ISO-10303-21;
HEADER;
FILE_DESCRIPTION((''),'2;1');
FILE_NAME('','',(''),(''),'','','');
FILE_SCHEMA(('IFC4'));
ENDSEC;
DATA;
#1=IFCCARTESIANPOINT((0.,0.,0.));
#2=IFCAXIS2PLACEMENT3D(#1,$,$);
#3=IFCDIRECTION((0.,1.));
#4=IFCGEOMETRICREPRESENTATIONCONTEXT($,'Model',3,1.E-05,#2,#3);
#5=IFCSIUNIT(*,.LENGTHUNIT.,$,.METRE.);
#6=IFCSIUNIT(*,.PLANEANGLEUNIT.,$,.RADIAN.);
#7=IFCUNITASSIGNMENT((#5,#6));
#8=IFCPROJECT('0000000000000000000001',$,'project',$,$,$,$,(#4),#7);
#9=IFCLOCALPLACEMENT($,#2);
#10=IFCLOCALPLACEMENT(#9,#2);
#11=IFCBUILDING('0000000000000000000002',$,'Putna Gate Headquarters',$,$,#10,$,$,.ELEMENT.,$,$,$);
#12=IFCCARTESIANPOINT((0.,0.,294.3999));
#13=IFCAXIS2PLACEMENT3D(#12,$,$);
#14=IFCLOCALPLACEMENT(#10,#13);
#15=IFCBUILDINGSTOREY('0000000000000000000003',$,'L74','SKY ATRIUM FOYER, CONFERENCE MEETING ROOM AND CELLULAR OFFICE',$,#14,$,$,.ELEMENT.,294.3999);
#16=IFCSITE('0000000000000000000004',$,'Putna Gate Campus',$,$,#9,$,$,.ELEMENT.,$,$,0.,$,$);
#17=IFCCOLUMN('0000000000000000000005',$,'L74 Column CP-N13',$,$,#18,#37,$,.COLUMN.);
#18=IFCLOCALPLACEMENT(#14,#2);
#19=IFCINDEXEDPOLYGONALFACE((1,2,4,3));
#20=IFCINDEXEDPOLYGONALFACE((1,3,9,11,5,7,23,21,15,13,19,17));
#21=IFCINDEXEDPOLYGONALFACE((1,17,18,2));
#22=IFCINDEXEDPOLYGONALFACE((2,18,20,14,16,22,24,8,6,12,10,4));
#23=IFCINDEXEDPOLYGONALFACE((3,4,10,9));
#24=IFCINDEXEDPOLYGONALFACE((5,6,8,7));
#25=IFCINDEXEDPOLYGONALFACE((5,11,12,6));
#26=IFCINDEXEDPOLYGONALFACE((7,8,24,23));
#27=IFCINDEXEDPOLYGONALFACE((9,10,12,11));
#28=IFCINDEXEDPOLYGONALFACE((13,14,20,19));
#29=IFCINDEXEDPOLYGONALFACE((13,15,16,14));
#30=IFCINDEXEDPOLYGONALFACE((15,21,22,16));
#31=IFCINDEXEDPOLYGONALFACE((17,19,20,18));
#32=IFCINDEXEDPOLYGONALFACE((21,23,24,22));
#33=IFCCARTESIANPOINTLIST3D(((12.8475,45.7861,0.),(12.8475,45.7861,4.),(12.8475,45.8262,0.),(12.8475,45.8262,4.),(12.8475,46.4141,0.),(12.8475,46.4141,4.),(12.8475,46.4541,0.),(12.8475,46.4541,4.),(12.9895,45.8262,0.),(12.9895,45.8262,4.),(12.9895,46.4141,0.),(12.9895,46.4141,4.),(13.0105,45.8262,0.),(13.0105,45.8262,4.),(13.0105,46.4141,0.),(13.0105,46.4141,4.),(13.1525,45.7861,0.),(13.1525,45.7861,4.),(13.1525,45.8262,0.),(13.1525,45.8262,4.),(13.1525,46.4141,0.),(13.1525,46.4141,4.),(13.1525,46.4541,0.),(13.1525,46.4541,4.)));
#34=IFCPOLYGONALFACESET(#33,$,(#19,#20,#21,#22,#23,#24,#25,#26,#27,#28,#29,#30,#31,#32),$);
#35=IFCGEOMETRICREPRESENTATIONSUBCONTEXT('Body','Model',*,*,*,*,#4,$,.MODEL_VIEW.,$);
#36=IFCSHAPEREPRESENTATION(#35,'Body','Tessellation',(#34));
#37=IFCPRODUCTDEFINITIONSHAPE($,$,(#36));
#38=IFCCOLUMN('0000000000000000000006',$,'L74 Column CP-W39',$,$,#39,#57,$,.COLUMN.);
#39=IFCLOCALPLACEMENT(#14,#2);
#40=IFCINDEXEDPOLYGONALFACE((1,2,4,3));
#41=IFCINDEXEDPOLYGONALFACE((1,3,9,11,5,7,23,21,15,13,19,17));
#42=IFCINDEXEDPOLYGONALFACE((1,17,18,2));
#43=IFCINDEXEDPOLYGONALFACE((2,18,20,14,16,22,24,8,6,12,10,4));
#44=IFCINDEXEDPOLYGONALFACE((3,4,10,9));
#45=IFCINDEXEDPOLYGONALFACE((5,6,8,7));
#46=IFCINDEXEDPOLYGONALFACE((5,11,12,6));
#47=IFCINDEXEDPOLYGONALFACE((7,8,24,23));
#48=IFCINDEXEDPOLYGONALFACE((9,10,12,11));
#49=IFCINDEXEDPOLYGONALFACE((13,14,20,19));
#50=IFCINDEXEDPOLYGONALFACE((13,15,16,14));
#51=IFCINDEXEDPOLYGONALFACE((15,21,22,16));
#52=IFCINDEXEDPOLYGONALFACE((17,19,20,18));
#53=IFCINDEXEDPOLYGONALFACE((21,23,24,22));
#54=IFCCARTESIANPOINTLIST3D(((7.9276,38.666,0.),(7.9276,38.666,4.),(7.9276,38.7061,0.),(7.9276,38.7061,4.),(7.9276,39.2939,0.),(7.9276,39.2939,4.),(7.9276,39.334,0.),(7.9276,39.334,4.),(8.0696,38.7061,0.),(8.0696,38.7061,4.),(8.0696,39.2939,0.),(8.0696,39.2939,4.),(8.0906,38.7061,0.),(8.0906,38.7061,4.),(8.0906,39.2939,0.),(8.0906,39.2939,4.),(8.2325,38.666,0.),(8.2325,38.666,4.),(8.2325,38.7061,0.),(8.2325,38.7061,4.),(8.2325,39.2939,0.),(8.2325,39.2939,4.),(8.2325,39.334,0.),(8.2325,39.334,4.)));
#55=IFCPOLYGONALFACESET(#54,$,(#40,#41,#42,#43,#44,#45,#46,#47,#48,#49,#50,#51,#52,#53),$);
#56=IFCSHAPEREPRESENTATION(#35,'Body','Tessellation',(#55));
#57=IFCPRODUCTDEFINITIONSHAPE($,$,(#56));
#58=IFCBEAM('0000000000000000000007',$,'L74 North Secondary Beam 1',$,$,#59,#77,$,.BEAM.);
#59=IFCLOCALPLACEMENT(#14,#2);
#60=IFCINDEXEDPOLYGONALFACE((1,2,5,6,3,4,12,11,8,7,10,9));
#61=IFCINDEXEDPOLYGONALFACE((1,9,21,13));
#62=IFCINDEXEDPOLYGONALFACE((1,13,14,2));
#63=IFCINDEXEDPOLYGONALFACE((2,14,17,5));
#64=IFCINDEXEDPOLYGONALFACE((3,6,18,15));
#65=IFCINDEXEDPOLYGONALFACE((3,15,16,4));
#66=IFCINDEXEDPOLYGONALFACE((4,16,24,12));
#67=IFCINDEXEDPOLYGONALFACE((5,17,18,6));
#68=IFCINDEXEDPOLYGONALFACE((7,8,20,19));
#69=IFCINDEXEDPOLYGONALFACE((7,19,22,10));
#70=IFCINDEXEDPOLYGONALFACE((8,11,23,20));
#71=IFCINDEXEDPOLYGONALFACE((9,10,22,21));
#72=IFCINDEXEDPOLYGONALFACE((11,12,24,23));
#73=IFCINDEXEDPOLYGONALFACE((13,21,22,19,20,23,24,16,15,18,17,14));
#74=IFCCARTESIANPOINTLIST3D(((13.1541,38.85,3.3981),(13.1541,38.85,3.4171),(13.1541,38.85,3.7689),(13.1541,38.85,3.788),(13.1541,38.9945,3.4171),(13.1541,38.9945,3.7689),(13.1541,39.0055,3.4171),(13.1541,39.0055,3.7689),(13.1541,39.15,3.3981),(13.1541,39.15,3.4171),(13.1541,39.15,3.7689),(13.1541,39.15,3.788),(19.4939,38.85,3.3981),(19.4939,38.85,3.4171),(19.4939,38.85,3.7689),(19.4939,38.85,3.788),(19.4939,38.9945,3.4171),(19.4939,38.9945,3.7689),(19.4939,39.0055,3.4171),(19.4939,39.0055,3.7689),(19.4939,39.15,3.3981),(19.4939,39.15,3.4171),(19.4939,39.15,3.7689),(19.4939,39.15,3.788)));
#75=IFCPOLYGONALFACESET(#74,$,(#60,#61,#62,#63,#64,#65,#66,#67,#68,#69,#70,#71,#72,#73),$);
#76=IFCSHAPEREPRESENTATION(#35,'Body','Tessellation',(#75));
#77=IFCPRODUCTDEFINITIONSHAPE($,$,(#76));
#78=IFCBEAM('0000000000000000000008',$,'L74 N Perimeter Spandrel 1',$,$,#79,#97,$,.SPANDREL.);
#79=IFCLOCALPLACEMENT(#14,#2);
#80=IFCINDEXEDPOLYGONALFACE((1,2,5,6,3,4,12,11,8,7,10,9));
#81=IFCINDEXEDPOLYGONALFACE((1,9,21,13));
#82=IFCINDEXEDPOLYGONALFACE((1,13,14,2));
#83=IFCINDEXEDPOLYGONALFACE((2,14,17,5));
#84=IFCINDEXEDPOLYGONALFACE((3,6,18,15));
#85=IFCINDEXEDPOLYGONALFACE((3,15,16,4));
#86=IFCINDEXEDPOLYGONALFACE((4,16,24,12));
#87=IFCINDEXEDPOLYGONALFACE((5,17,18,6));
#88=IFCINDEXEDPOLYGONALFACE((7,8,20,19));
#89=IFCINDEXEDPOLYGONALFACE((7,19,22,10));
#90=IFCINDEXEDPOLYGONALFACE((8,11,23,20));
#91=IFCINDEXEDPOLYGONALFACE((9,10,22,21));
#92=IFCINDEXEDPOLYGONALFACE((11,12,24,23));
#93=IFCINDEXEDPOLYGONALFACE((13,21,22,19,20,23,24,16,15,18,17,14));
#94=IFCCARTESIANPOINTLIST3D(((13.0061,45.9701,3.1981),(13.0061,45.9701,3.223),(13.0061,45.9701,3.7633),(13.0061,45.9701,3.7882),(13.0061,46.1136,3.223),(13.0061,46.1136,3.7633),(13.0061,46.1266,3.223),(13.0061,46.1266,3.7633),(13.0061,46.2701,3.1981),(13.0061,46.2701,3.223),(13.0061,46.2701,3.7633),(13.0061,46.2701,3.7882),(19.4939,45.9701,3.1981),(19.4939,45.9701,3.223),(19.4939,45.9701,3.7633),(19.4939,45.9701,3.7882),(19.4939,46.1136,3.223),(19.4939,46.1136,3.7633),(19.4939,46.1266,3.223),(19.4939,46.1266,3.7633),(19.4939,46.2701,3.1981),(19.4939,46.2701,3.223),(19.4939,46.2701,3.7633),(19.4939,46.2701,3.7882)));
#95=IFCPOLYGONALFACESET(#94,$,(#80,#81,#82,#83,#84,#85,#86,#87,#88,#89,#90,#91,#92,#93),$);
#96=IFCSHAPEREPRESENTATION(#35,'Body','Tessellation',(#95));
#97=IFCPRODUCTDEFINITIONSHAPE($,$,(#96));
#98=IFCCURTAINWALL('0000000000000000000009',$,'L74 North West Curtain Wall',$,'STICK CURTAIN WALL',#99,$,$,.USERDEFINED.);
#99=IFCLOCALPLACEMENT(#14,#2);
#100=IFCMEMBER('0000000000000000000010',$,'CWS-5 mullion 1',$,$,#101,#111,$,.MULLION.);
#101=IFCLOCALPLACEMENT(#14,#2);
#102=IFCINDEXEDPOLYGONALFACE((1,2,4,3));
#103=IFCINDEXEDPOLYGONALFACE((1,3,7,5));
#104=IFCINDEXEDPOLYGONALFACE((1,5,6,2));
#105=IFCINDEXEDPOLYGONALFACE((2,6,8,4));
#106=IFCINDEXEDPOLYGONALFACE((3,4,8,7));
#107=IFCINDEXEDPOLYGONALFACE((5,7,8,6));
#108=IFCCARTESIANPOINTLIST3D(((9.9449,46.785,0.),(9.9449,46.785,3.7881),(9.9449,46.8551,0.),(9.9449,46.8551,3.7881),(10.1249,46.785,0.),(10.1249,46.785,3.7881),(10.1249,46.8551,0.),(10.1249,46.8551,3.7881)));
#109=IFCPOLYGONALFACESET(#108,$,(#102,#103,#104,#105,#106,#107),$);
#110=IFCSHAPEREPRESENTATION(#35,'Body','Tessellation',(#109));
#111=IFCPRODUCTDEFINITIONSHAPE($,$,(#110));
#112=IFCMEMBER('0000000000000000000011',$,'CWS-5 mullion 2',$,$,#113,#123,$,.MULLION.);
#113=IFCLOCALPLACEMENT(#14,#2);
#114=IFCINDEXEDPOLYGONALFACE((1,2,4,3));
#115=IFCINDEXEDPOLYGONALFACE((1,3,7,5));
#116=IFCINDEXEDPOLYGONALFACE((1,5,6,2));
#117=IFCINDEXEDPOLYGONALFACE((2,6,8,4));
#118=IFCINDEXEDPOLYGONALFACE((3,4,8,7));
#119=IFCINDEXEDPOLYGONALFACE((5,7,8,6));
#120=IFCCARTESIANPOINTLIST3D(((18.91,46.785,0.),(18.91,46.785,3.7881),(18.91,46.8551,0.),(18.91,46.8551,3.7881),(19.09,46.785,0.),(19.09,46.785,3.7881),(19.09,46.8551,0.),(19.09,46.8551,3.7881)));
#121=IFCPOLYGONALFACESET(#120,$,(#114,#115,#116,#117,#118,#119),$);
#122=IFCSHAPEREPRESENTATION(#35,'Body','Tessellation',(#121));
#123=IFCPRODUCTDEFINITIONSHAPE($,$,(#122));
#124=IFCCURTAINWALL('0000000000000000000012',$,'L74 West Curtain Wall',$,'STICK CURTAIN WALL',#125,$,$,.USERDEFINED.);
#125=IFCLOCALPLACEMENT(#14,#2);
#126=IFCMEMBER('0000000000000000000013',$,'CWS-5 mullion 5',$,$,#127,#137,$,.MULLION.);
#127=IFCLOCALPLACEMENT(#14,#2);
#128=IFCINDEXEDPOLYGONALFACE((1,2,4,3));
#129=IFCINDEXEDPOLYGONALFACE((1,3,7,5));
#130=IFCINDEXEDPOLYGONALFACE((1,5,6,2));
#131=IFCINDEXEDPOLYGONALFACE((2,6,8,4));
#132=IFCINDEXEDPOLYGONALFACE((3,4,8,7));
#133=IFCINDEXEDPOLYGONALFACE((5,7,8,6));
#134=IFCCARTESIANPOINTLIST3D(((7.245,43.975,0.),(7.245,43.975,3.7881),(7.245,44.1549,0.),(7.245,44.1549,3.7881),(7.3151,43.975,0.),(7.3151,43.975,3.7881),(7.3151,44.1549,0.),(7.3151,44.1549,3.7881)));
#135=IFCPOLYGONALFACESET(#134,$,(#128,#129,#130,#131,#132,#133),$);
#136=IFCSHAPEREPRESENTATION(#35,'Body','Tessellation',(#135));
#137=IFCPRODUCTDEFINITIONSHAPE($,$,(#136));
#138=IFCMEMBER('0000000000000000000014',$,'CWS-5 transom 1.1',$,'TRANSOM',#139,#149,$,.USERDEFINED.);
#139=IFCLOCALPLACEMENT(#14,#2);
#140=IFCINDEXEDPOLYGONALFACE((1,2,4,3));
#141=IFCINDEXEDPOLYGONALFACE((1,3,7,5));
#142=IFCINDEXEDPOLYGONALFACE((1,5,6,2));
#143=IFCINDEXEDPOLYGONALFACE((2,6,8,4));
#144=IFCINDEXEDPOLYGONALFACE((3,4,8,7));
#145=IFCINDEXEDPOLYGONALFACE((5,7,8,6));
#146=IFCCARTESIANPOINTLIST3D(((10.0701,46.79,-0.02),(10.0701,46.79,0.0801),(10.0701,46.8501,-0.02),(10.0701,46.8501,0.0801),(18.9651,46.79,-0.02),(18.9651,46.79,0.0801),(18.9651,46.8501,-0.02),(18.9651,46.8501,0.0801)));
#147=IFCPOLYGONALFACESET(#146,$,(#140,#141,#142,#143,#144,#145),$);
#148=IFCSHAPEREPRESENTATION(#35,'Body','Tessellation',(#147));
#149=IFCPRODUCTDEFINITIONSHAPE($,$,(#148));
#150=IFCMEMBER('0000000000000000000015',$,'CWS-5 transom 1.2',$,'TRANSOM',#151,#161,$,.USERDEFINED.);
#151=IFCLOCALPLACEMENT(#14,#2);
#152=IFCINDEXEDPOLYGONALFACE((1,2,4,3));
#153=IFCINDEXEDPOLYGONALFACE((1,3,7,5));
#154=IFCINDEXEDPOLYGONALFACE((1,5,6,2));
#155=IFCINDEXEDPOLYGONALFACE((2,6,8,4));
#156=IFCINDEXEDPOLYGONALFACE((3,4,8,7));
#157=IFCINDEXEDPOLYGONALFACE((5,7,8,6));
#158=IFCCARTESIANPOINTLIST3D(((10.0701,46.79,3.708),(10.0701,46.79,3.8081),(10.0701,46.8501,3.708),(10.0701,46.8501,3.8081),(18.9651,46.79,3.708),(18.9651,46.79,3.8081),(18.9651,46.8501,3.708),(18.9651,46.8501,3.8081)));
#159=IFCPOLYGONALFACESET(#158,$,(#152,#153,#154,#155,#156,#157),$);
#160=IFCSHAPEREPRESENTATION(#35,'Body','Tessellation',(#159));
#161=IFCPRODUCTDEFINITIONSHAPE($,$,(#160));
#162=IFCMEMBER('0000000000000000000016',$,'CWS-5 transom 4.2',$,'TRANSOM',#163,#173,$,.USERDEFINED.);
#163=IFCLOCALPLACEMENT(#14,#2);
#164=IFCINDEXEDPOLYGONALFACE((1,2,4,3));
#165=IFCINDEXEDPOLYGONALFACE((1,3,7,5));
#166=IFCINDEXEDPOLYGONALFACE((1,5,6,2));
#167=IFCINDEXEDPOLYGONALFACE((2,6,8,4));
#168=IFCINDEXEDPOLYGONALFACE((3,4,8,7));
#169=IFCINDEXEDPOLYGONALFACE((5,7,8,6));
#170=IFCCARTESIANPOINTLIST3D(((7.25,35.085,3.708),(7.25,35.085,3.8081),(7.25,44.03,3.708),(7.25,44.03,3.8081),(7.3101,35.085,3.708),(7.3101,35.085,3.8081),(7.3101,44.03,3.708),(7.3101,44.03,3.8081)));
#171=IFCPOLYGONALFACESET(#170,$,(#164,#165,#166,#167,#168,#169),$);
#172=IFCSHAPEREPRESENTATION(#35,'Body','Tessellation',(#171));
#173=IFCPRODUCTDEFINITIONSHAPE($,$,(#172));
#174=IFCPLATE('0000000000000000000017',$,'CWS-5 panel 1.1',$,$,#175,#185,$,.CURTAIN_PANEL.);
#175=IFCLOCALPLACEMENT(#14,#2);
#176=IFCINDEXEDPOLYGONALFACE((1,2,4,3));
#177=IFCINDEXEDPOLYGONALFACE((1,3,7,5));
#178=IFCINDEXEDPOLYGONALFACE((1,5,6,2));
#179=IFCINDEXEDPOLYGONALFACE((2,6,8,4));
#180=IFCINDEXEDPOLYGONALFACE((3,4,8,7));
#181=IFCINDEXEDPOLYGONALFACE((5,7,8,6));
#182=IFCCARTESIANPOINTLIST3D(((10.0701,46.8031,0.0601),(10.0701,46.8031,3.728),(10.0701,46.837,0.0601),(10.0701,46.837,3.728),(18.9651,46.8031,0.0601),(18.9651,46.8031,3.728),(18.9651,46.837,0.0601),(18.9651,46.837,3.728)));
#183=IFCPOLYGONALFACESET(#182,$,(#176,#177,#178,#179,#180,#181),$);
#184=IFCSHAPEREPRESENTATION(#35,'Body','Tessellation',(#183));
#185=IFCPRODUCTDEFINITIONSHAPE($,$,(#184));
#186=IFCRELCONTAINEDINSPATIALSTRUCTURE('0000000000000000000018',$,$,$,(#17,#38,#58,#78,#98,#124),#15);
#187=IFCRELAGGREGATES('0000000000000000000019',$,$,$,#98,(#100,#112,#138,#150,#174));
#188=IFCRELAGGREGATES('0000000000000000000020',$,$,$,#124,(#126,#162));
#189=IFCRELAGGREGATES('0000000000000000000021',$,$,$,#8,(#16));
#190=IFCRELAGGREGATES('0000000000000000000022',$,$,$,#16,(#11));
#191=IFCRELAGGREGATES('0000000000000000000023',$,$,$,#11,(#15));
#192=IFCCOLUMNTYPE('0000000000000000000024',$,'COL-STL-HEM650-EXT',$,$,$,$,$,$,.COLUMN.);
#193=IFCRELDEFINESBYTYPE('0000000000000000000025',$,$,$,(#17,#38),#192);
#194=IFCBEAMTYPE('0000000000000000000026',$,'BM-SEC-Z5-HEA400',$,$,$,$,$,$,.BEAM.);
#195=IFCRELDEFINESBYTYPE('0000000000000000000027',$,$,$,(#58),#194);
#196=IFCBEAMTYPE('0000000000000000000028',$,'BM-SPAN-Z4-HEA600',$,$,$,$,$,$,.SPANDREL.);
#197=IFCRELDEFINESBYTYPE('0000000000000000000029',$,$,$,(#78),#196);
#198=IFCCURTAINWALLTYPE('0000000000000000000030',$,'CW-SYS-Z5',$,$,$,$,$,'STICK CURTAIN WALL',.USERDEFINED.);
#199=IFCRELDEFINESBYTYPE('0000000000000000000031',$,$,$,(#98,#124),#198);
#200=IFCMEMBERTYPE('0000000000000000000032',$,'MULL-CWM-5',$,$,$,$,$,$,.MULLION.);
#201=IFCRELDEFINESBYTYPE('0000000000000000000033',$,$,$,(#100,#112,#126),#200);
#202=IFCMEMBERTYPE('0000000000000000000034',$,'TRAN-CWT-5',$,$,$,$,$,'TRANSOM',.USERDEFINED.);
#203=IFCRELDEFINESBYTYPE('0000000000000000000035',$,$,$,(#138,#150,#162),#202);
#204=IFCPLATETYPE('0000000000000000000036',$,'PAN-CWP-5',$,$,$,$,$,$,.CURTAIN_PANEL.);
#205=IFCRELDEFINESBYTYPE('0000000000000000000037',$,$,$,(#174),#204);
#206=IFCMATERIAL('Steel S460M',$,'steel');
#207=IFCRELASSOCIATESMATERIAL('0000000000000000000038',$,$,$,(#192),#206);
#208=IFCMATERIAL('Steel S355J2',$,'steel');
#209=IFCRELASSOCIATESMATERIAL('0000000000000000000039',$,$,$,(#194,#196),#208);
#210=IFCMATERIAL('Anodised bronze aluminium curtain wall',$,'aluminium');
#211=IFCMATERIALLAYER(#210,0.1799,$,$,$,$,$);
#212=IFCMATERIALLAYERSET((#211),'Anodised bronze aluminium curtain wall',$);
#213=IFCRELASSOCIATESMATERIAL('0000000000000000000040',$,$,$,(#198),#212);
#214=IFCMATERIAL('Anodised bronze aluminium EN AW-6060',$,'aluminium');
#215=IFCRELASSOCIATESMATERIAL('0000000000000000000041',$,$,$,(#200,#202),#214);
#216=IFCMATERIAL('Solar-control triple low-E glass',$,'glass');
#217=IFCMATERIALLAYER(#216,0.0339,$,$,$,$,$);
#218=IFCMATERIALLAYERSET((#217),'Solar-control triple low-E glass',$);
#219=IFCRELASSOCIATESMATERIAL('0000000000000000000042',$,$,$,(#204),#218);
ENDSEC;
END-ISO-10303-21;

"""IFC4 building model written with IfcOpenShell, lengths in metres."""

from ifc_helpers import new_model, si_unit, direction, frame, origin, origin_2d, place, context, subcontext, project, spatial, rectangle, i_section, extrude, material, layer, layer_set, material_profile, profile_set, type_object, element, aggregate, save


model = new_model("IFC4")

# Units and contexts
model_context = context("Model", 3, precision=1e-05, world=origin(), true_north=direction((0.0, 1.0)))
body_context = subcontext(model_context, "Body", "Model", "MODEL_VIEW")
ifc_project = project(units=[si_unit("LENGTHUNIT", "METRE"), si_unit("PLANEANGLEUNIT", "RADIAN")], contexts=[model_context])

# Site, building, storey
site_placement = place(None, origin())
site = spatial("IfcSite", under=ifc_project, at=site_placement, Name="Putna Gate Campus", CompositionType="ELEMENT", RefElevation=0.0)
building_placement = place(site_placement, origin())
building = spatial("IfcBuilding", under=site, at=building_placement, Name="Putna Gate Headquarters", CompositionType="ELEMENT")
storey_placement = place(building_placement, frame((0.0, 0.0, 294.3999)))
storey = spatial("IfcBuildingStorey", under=building, at=storey_placement, Name="L74", Description="SKY ATRIUM FOYER, CONFERENCE MEETING ROOM AND CELLULAR OFFICE", CompositionType="ELEMENT", Elevation=294.3999)

# Columns
ifc_material_1 = material(Name="Steel S460M", Category="steel")
ifc_material_profile_1 = material_profile(ifc_material_1, i_section(OverallWidth=0.3049, OverallDepth=0.668, WebThickness=0.021, FlangeThickness=0.04, at=origin_2d()), Name="Steel S460M")
ifc_profile_set_1 = profile_set([ifc_material_profile_1], Name="Steel S460M")
column_type = type_object("IfcColumnType", Name="COL-STL-HEM650-EXT", PredefinedType="COLUMN", material=ifc_profile_set_1)
for number, where, z_axis, x_axis, name in (
    (1, (13.0, 46.1201, 0.0), (0.0, 0.0, 1.0), (1.0, 0.0, 0.0), "L74 Column CP-N13"),
    (2, (8.0801, 39.0, 0.0), (0.0, 0.0, 1.0), (1.0, 0.0, 0.0), "L74 Column CP-W39"),
):
    element("IfcColumn", number, at=place(storey_placement, frame(where, z_axis=z_axis, x_axis=x_axis)), inside=storey, type_object=column_type, Name=name, PredefinedType="COLUMN", context=body_context, shape_type="SweptSolid", body=[
        extrude(i_section(OverallWidth=0.3049, OverallDepth=0.668, WebThickness=0.021, FlangeThickness=0.04, at=origin_2d()), origin(), (0.0, 0.0, 1.0), 4.0),
    ])

# Beams
ifc_material_2 = material(Name="Steel S355J2", Category="steel")
ifc_material_profile_2 = material_profile(ifc_material_2, i_section(OverallWidth=0.3, OverallDepth=0.3899, WebThickness=0.011, FlangeThickness=0.019, at=origin_2d()), Name="Steel S355J2")
ifc_profile_set_2 = profile_set([ifc_material_profile_2], Name="Steel S355J2")
beam_type_1 = type_object("IfcBeamType", Name="BM-SEC-Z5-HEA400", PredefinedType="BEAM", material=ifc_profile_set_2)
beam_1_placement = place(storey_placement, frame((13.1541, 39.0, 3.593), z_axis=(1.0, 0.0, 0.0), x_axis=(0.0, 1.0, 0.0)))
element("IfcBeam", 3, at=beam_1_placement, inside=storey, type_object=beam_type_1, Name="L74 North Secondary Beam 1", PredefinedType="BEAM", context=body_context, shape_type="SweptSolid", body=[
    extrude(i_section(OverallWidth=0.3, OverallDepth=0.3899, WebThickness=0.011, FlangeThickness=0.019, at=origin_2d()), origin(), (0.0, 0.0, 1.0), 6.3398),
])
ifc_material_profile_3 = material_profile(ifc_material_2, i_section(OverallWidth=0.3, OverallDepth=0.5901, WebThickness=0.0129, FlangeThickness=0.0249, at=origin_2d()), Name="Steel S355J2")
ifc_profile_set_3 = profile_set([ifc_material_profile_3], Name="Steel S355J2")
beam_type_2 = type_object("IfcBeamType", Name="BM-SPAN-Z4-HEA600", PredefinedType="SPANDREL", material=ifc_profile_set_3)
beam_2_placement = place(storey_placement, frame((13.0061, 46.1201, 3.4932), z_axis=(1.0, 0.0, 0.0), x_axis=(0.0, 1.0, 0.0)))
element("IfcBeam", 4, at=beam_2_placement, inside=storey, type_object=beam_type_2, Name="L74 N Perimeter Spandrel 1", PredefinedType="SPANDREL", context=body_context, shape_type="SweptSolid", body=[
    extrude(i_section(OverallWidth=0.3, OverallDepth=0.5901, WebThickness=0.0129, FlangeThickness=0.0249, at=origin_2d()), origin(), (0.0, 0.0, 1.0), 6.4878),
])

# Curtain wall, members
ifc_material_3 = material(Name="Anodised bronze aluminium curtain wall", Category="aluminium")
ifc_layer_1 = layer(ifc_material_3, 0.1799)
ifc_layer_set_1 = layer_set([ifc_layer_1], Name="Anodised bronze aluminium curtain wall")
curtain_wall_type = type_object("IfcCurtainWallType", Name="CW-SYS-Z5", ElementType="STICK CURTAIN WALL", PredefinedType="USERDEFINED", material=ifc_layer_set_1)
curtain_wall_1_placement = place(storey_placement, origin())
curtain_wall_1 = element("IfcCurtainWall", 5, at=curtain_wall_1_placement, inside=storey, type_object=curtain_wall_type, Name="L74 North West Curtain Wall", ObjectType="STICK CURTAIN WALL", PredefinedType="USERDEFINED")
ifc_material_4 = material(Name="Anodised bronze aluminium EN AW-6060", Category="aluminium")
ifc_material_profile_4 = material_profile(ifc_material_4, rectangle(XDim=0.0701, YDim=0.1799, at=origin_2d()), Name="Anodised bronze aluminium EN AW-6060")
ifc_profile_set_4 = profile_set([ifc_material_profile_4], Name="Anodised bronze aluminium EN AW-6060")
member_type_1 = type_object("IfcMemberType", Name="MULL-CWM-5", PredefinedType="MULLION", material=ifc_profile_set_4)
member_1_placement = place(storey_placement, frame((10.0349, 46.8201, 0.0), z_axis=(0.0, 0.0, 1.0), x_axis=(0.0, 1.0, 0.0)))
member_1 = element("IfcMember", 6, at=member_1_placement, type_object=member_type_1, Name="CWS-5 mullion 1", PredefinedType="MULLION", context=body_context, shape_type="SweptSolid", body=[
    extrude(rectangle(XDim=0.0701, YDim=0.1799, at=origin_2d()), origin(), (0.0, 0.0, 1.0), 3.7881),
])
member_2_placement = place(storey_placement, frame((19.0, 46.8201, 0.0), z_axis=(0.0, 0.0, 1.0), x_axis=(0.0, 1.0, 0.0)))
member_2 = element("IfcMember", 7, at=member_2_placement, type_object=member_type_1, Name="CWS-5 mullion 2", PredefinedType="MULLION", context=body_context, shape_type="SweptSolid", body=[
    extrude(rectangle(XDim=0.0701, YDim=0.1799, at=origin_2d()), origin(), (0.0, 0.0, 1.0), 3.7881),
])

# Curtain wall, member
curtain_wall_2_placement = place(storey_placement, origin())
curtain_wall_2 = element("IfcCurtainWall", 8, at=curtain_wall_2_placement, inside=storey, type_object=curtain_wall_type, Name="L74 West Curtain Wall", ObjectType="STICK CURTAIN WALL", PredefinedType="USERDEFINED")
member_3_placement = place(storey_placement, frame((7.28, 44.0649, 0.0), z_axis=(0.0, 0.0, 1.0), x_axis=(-1.0, 0.0, 0.0)))
member_3 = element("IfcMember", 9, at=member_3_placement, type_object=member_type_1, Name="CWS-5 mullion 5", PredefinedType="MULLION", context=body_context, shape_type="SweptSolid", body=[
    extrude(rectangle(XDim=0.0701, YDim=0.1799, at=origin_2d()), origin(), (0.0, 0.0, 1.0), 3.7881),
])

# Members
ifc_material_profile_5 = material_profile(ifc_material_4, rectangle(XDim=0.0601, YDim=0.1001, at=origin_2d()), Name="Anodised bronze aluminium EN AW-6060")
ifc_profile_set_5 = profile_set([ifc_material_profile_5], Name="Anodised bronze aluminium EN AW-6060")
member_type_2 = type_object("IfcMemberType", Name="TRAN-CWT-5", ElementType="TRANSOM", PredefinedType="USERDEFINED", material=ifc_profile_set_5)
member_4_placement = place(storey_placement, frame((10.0701, 46.8201, 0.03), z_axis=(1.0, 0.0, 0.0), x_axis=(0.0, 1.0, 0.0)))
member_4 = element("IfcMember", 10, at=member_4_placement, type_object=member_type_2, Name="CWS-5 transom 1.1", ObjectType="TRANSOM", PredefinedType="USERDEFINED", context=body_context, shape_type="SweptSolid", body=[
    extrude(rectangle(XDim=0.0601, YDim=0.1001, at=origin_2d()), origin(), (0.0, 0.0, 1.0), 8.895),
])
member_5_placement = place(storey_placement, frame((10.0701, 46.8201, 3.7581), z_axis=(1.0, 0.0, 0.0), x_axis=(0.0, 1.0, 0.0)))
member_5 = element("IfcMember", 11, at=member_5_placement, type_object=member_type_2, Name="CWS-5 transom 1.2", ObjectType="TRANSOM", PredefinedType="USERDEFINED", context=body_context, shape_type="SweptSolid", body=[
    extrude(rectangle(XDim=0.0601, YDim=0.1001, at=origin_2d()), origin(), (0.0, 0.0, 1.0), 8.895),
])
member_6_placement = place(storey_placement, frame((7.28, 35.085, 3.7581), z_axis=(0.0, 1.0, 0.0), x_axis=(-1.0, 0.0, 0.0)))
member_6 = element("IfcMember", 12, at=member_6_placement, type_object=member_type_2, Name="CWS-5 transom 4.2", ObjectType="TRANSOM", PredefinedType="USERDEFINED", context=body_context, shape_type="SweptSolid", body=[
    extrude(rectangle(XDim=0.0601, YDim=0.1001, at=origin_2d()), origin(), (0.0, 0.0, 1.0), 8.9451),
])

# Plate
ifc_material_5 = material(Name="Solar-control triple low-E glass", Category="glass")
ifc_layer_2 = layer(ifc_material_5, 0.0339)
ifc_layer_set_2 = layer_set([ifc_layer_2], Name="Solar-control triple low-E glass")
plate_type = type_object("IfcPlateType", Name="PAN-CWP-5", PredefinedType="CURTAIN_PANEL", material=ifc_layer_set_2)
plate_1_placement = place(storey_placement, frame((14.5176, 46.8201, 0.0601), z_axis=(0.0, 0.0, 1.0), x_axis=(1.0, 0.0, 0.0)))
plate_1 = element("IfcPlate", 13, at=plate_1_placement, type_object=plate_type, Name="CWS-5 panel 1.1", PredefinedType="CURTAIN_PANEL", context=body_context, shape_type="SweptSolid", body=[
    extrude(rectangle(XDim=8.895, YDim=0.0339, at=origin_2d()), origin(), (0.0, 0.0, 1.0), 3.668),
])
aggregate(curtain_wall_1, [member_1, member_2, member_4, member_5, plate_1])
aggregate(curtain_wall_2, [member_3, member_6])

save(model, "model.ifc")
